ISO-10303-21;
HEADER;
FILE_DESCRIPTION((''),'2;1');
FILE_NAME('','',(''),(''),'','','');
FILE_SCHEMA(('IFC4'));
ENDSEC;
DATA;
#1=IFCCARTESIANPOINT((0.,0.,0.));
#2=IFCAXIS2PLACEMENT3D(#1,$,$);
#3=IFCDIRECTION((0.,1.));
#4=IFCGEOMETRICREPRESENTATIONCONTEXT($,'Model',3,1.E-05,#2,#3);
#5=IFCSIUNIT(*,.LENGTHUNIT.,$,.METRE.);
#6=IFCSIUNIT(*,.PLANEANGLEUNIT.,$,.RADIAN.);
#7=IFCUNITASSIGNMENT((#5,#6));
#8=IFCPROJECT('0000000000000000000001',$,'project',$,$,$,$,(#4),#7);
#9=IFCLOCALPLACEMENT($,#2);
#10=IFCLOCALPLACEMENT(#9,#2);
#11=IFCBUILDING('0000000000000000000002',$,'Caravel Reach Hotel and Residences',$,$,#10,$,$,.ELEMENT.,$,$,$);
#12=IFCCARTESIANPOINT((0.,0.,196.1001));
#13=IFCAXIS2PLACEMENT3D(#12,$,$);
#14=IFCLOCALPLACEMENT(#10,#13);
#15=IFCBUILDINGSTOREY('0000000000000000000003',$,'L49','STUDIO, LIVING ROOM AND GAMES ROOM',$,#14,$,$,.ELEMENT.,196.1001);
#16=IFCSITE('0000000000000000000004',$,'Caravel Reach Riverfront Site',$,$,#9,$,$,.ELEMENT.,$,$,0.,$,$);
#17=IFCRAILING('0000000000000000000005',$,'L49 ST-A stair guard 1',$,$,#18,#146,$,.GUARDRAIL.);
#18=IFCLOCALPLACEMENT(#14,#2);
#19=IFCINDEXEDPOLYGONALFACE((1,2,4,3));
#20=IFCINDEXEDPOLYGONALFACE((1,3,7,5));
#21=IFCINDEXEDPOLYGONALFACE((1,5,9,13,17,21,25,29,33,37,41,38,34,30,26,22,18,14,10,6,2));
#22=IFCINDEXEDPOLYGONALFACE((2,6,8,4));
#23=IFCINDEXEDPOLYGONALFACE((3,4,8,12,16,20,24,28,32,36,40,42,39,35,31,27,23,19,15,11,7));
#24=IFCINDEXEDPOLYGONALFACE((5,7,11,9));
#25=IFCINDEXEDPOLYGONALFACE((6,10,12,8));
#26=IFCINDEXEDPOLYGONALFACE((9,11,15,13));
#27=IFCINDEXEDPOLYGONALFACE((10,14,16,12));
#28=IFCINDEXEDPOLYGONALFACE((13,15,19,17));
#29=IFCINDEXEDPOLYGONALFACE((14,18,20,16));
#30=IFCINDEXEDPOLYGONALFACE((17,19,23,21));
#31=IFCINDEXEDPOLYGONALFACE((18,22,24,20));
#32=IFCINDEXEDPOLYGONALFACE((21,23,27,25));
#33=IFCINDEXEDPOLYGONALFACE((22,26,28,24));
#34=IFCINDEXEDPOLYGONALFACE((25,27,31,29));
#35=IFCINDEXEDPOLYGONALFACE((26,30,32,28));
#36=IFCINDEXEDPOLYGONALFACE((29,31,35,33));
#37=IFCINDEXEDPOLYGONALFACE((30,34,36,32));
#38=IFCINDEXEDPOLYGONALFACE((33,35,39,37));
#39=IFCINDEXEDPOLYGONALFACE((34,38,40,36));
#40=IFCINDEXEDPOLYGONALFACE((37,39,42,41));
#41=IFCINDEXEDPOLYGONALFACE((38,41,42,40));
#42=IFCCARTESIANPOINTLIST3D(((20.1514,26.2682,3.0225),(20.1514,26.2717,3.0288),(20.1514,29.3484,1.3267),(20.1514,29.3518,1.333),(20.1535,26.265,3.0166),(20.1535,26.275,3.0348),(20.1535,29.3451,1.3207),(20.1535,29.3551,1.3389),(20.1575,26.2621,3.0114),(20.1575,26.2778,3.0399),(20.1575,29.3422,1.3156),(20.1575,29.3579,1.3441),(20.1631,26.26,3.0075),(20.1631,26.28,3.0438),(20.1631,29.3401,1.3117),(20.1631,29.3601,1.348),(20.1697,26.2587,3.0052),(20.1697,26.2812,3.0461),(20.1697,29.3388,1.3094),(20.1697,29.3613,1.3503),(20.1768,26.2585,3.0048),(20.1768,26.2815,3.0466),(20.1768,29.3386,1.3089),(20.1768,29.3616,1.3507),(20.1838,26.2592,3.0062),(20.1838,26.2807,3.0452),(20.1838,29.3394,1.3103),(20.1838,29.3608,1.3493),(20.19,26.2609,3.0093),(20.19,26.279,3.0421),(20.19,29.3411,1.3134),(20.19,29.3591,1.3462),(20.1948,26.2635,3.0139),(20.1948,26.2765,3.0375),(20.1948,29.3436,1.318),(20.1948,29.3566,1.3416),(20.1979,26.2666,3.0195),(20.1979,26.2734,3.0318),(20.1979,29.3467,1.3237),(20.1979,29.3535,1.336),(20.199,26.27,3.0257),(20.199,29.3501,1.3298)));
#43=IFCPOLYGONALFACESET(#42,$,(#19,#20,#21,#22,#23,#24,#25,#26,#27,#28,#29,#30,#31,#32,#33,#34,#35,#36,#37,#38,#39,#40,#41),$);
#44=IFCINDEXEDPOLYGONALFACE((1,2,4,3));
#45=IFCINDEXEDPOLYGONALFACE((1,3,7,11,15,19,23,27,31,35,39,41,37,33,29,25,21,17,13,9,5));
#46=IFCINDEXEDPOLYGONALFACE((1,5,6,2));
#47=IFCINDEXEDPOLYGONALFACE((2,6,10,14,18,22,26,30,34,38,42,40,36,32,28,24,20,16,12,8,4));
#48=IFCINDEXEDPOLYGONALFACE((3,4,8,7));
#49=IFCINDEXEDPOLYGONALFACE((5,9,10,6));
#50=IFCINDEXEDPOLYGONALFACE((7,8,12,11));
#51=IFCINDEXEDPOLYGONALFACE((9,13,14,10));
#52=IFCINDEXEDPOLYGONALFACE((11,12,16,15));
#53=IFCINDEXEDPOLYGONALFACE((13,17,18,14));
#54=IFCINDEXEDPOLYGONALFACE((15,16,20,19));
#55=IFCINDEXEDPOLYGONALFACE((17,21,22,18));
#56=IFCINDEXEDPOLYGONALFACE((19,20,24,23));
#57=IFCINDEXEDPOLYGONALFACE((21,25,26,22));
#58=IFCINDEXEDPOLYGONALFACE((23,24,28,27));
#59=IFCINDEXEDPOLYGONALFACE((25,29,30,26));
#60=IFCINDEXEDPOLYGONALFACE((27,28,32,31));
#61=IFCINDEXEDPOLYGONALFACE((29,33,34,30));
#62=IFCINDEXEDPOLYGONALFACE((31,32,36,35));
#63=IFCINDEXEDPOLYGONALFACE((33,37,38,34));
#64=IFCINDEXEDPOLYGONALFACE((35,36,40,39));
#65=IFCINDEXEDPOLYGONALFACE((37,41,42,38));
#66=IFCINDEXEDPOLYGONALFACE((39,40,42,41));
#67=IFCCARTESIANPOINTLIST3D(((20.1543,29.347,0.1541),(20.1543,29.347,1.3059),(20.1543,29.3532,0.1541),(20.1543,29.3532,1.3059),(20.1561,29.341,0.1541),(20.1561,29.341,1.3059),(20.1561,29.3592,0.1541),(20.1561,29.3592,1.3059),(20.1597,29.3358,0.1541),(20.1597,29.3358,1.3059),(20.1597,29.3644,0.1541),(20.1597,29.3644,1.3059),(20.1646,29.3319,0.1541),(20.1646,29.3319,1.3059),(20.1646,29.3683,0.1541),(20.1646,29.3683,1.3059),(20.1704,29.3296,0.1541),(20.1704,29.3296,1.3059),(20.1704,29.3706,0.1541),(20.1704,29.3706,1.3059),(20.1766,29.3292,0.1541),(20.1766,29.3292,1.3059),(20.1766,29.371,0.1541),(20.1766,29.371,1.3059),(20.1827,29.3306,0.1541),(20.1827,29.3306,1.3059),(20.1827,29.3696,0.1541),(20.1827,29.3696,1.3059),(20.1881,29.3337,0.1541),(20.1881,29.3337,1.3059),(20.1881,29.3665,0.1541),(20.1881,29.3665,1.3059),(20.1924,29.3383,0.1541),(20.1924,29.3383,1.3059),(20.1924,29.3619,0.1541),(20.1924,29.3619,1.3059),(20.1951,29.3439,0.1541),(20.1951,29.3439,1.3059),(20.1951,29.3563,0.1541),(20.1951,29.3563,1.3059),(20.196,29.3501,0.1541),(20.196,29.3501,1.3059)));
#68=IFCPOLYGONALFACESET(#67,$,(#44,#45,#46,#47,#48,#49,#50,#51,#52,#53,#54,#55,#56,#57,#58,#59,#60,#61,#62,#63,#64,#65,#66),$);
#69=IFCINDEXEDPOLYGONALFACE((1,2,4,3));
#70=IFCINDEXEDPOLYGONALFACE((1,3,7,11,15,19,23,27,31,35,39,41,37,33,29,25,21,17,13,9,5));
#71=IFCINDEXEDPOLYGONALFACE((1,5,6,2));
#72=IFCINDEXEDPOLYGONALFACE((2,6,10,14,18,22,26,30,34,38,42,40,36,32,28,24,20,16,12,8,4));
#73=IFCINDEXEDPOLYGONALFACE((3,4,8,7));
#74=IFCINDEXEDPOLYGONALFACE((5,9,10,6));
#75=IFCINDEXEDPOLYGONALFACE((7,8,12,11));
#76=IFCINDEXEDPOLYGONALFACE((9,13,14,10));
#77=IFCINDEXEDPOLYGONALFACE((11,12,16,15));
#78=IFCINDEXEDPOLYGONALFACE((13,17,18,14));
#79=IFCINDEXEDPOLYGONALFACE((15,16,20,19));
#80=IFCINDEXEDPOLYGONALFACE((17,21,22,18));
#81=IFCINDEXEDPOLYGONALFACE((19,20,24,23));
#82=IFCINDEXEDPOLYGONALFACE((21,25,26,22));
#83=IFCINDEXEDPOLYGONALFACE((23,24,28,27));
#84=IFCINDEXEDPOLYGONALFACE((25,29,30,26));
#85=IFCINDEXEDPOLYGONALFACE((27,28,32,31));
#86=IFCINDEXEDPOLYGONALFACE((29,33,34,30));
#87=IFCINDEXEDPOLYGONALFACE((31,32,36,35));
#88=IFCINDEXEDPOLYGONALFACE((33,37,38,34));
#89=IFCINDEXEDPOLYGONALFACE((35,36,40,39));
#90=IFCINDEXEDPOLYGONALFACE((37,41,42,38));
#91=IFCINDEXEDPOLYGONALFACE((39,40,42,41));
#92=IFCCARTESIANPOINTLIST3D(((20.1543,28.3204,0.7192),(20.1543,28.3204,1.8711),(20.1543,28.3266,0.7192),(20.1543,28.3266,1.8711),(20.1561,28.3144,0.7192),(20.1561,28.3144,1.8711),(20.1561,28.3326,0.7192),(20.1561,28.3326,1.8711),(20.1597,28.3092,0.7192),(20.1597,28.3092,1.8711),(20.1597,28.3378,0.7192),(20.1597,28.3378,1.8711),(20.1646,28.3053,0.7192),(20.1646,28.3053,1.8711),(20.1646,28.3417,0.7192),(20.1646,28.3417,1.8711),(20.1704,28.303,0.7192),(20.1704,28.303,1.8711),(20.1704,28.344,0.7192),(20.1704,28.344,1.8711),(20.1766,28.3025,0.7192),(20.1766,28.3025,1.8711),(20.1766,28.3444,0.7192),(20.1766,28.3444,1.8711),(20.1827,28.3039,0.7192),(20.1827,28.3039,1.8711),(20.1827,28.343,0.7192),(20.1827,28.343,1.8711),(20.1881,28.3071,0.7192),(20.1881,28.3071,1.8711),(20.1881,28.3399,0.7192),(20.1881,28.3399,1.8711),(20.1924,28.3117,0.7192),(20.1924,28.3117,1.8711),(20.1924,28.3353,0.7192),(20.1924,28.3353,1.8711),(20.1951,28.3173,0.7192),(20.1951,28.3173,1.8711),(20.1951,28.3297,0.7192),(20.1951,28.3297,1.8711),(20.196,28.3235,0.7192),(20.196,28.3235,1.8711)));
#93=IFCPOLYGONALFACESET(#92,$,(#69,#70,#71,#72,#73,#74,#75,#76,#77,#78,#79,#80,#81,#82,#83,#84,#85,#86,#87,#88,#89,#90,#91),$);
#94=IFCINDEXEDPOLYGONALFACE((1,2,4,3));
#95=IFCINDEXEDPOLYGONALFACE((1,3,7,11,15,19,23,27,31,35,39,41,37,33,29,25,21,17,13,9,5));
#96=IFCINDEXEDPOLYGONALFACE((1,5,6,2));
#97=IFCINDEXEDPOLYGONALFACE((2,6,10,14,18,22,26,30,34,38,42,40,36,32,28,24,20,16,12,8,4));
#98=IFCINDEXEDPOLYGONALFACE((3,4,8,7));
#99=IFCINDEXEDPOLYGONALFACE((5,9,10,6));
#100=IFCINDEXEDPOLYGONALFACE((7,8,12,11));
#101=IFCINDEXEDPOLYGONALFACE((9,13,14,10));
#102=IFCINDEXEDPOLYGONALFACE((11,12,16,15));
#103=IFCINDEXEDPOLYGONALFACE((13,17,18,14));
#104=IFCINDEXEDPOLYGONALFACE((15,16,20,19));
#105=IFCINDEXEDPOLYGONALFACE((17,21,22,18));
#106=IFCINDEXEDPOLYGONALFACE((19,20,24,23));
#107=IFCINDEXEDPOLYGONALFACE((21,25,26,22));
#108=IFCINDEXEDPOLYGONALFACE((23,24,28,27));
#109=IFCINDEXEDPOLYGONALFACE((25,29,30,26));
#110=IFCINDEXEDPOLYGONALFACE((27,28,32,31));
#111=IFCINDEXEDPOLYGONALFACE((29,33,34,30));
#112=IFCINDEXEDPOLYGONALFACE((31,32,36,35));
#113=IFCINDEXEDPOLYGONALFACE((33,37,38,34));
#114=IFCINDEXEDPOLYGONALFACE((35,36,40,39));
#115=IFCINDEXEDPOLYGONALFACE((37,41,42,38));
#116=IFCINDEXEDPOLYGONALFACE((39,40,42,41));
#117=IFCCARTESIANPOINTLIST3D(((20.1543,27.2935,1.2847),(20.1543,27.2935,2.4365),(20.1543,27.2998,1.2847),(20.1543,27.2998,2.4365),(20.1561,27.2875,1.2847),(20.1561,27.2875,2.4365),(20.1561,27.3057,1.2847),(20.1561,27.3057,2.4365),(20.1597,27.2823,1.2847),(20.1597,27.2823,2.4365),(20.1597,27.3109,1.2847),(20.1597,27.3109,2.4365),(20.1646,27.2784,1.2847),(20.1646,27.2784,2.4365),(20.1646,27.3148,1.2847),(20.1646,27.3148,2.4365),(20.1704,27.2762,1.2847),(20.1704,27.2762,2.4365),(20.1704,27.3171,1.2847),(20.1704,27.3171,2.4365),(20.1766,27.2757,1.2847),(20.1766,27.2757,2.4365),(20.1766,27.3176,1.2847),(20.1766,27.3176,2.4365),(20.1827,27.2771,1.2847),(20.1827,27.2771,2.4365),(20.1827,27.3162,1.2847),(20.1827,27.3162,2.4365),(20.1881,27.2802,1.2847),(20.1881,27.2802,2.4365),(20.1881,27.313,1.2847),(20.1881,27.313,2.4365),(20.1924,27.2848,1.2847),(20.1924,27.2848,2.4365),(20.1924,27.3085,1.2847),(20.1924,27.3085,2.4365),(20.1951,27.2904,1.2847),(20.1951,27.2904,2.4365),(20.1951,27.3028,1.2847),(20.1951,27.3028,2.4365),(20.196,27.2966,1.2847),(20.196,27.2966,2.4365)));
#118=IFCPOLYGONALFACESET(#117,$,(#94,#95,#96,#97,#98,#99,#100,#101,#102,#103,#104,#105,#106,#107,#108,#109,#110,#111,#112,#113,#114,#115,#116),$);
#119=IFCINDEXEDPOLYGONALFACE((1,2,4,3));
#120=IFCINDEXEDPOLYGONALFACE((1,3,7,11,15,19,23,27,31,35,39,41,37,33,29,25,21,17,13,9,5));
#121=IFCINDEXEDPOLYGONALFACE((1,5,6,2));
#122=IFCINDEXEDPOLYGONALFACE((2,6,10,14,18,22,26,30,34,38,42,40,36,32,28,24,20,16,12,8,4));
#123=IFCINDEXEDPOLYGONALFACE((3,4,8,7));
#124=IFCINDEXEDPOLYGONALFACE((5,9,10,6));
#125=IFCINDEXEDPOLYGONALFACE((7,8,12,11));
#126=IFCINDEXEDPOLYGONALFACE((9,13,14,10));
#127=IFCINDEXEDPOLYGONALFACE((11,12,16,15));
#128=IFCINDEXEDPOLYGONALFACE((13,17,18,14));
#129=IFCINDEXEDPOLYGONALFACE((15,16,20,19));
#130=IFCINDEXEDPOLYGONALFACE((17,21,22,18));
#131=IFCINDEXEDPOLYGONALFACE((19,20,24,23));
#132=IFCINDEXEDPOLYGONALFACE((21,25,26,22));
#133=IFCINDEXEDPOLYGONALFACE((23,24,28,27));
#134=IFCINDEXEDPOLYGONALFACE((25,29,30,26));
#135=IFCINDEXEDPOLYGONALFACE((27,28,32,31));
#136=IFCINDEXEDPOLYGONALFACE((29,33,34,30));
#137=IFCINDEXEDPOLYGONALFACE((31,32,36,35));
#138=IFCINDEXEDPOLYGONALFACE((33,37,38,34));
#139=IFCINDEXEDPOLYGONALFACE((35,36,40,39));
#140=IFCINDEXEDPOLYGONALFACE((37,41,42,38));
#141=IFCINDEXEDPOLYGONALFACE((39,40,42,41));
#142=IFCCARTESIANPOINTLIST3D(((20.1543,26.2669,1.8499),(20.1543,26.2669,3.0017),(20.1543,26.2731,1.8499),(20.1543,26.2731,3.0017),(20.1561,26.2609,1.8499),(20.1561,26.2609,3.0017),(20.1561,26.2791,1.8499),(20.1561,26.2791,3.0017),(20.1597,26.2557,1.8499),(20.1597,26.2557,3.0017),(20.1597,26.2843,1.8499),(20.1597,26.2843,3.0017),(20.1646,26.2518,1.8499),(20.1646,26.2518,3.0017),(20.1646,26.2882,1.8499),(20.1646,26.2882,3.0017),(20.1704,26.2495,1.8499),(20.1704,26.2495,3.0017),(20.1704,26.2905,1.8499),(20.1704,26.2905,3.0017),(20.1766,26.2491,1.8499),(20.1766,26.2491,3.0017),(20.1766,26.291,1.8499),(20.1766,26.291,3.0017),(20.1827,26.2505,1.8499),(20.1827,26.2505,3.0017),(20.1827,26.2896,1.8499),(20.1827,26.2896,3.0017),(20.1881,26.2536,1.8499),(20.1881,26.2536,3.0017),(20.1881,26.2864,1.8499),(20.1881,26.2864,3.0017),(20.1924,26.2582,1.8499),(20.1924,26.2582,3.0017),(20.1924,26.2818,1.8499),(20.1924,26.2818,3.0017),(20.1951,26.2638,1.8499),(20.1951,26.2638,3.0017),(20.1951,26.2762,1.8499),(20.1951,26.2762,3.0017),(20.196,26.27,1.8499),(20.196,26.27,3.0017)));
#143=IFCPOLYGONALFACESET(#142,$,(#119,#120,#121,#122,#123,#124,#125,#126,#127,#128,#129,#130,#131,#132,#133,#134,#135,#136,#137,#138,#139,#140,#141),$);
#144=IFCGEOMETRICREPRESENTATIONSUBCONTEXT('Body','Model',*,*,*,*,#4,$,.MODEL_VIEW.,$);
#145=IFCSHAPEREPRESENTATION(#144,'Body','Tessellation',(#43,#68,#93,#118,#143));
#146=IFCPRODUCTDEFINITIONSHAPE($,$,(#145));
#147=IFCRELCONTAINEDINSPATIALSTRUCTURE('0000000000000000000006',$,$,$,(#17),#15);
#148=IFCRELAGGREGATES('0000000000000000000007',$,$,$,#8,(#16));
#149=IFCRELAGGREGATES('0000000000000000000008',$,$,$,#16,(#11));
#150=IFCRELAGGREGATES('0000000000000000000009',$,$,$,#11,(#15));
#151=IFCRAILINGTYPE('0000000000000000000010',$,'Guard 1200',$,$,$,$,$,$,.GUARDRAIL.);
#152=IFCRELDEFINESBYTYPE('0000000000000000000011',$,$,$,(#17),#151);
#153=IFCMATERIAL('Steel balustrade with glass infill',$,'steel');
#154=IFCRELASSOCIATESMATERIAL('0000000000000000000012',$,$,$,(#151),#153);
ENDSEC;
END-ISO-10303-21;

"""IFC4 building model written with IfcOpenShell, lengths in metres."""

from ifc_helpers import new_model, si_unit, direction, frame, origin, origin_2d, place, context, subcontext, project, spatial, circle, extrude, material, type_object, element, save


model = new_model("IFC4")

# Units and contexts
model_context = context("Model", 3, precision=1e-05, world=origin(), true_north=direction((0.0, 1.0)))
body_context = subcontext(model_context, "Body", "Model", "MODEL_VIEW")
ifc_project = project(units=[si_unit("LENGTHUNIT", "METRE"), si_unit("PLANEANGLEUNIT", "RADIAN")], contexts=[model_context])

# Site, building, storey
site_placement = place(None, origin())
site = spatial("IfcSite", under=ifc_project, at=site_placement, Name="Caravel Reach Riverfront Site", CompositionType="ELEMENT", RefElevation=0.0)
building_placement = place(site_placement, origin())
building = spatial("IfcBuilding", under=site, at=building_placement, Name="Caravel Reach Hotel and Residences", CompositionType="ELEMENT")
storey_placement = place(building_placement, frame((0.0, 0.0, 196.1001)))
storey = spatial("IfcBuildingStorey", under=building, at=storey_placement, Name="L49", Description="STUDIO, LIVING ROOM AND GAMES ROOM", CompositionType="ELEMENT", Elevation=196.1001)

# Railing
ifc_material_1 = material(Name="Steel balustrade with glass infill", Category="steel")
railing_type_1 = type_object("IfcRailingType", Name="Guard 1200", PredefinedType="GUARDRAIL", material=ifc_material_1)
railing_1_placement = place(storey_placement, frame((20.175, 29.3501, 0.1541)))
element("IfcRailing", 1, at=railing_1_placement, inside=storey, type_object=railing_type_1, Name="L49 ST-A stair guard 1", PredefinedType="GUARDRAIL", context=body_context, shape_type="SweptSolid", body=[
    extrude(circle(Radius=0.0239, at=origin_2d()), frame((0.0, 0.0, 1.1758), z_axis=(0.0, -0.876005, 0.482303), x_axis=(1.0, 0.0, 0.0)), (0.0, 0.0, 1.0), 3.5161),
    extrude(circle(Radius=0.021, at=origin_2d()), origin(), (0.0, 0.0, 1.0), 1.1519),
    extrude(circle(Radius=0.021, at=origin_2d()), frame((0.0, -1.0266, 0.5652)), (0.0, 0.0, 1.0), 1.1519),
    extrude(circle(Radius=0.021, at=origin_2d()), frame((0.0, -2.0535, 1.1306)), (0.0, 0.0, 1.0), 1.1519),
    extrude(circle(Radius=0.021, at=origin_2d()), frame((0.0, -3.0801, 1.6958)), (0.0, 0.0, 1.0), 1.1519),
])

save(model, "model.ifc")
